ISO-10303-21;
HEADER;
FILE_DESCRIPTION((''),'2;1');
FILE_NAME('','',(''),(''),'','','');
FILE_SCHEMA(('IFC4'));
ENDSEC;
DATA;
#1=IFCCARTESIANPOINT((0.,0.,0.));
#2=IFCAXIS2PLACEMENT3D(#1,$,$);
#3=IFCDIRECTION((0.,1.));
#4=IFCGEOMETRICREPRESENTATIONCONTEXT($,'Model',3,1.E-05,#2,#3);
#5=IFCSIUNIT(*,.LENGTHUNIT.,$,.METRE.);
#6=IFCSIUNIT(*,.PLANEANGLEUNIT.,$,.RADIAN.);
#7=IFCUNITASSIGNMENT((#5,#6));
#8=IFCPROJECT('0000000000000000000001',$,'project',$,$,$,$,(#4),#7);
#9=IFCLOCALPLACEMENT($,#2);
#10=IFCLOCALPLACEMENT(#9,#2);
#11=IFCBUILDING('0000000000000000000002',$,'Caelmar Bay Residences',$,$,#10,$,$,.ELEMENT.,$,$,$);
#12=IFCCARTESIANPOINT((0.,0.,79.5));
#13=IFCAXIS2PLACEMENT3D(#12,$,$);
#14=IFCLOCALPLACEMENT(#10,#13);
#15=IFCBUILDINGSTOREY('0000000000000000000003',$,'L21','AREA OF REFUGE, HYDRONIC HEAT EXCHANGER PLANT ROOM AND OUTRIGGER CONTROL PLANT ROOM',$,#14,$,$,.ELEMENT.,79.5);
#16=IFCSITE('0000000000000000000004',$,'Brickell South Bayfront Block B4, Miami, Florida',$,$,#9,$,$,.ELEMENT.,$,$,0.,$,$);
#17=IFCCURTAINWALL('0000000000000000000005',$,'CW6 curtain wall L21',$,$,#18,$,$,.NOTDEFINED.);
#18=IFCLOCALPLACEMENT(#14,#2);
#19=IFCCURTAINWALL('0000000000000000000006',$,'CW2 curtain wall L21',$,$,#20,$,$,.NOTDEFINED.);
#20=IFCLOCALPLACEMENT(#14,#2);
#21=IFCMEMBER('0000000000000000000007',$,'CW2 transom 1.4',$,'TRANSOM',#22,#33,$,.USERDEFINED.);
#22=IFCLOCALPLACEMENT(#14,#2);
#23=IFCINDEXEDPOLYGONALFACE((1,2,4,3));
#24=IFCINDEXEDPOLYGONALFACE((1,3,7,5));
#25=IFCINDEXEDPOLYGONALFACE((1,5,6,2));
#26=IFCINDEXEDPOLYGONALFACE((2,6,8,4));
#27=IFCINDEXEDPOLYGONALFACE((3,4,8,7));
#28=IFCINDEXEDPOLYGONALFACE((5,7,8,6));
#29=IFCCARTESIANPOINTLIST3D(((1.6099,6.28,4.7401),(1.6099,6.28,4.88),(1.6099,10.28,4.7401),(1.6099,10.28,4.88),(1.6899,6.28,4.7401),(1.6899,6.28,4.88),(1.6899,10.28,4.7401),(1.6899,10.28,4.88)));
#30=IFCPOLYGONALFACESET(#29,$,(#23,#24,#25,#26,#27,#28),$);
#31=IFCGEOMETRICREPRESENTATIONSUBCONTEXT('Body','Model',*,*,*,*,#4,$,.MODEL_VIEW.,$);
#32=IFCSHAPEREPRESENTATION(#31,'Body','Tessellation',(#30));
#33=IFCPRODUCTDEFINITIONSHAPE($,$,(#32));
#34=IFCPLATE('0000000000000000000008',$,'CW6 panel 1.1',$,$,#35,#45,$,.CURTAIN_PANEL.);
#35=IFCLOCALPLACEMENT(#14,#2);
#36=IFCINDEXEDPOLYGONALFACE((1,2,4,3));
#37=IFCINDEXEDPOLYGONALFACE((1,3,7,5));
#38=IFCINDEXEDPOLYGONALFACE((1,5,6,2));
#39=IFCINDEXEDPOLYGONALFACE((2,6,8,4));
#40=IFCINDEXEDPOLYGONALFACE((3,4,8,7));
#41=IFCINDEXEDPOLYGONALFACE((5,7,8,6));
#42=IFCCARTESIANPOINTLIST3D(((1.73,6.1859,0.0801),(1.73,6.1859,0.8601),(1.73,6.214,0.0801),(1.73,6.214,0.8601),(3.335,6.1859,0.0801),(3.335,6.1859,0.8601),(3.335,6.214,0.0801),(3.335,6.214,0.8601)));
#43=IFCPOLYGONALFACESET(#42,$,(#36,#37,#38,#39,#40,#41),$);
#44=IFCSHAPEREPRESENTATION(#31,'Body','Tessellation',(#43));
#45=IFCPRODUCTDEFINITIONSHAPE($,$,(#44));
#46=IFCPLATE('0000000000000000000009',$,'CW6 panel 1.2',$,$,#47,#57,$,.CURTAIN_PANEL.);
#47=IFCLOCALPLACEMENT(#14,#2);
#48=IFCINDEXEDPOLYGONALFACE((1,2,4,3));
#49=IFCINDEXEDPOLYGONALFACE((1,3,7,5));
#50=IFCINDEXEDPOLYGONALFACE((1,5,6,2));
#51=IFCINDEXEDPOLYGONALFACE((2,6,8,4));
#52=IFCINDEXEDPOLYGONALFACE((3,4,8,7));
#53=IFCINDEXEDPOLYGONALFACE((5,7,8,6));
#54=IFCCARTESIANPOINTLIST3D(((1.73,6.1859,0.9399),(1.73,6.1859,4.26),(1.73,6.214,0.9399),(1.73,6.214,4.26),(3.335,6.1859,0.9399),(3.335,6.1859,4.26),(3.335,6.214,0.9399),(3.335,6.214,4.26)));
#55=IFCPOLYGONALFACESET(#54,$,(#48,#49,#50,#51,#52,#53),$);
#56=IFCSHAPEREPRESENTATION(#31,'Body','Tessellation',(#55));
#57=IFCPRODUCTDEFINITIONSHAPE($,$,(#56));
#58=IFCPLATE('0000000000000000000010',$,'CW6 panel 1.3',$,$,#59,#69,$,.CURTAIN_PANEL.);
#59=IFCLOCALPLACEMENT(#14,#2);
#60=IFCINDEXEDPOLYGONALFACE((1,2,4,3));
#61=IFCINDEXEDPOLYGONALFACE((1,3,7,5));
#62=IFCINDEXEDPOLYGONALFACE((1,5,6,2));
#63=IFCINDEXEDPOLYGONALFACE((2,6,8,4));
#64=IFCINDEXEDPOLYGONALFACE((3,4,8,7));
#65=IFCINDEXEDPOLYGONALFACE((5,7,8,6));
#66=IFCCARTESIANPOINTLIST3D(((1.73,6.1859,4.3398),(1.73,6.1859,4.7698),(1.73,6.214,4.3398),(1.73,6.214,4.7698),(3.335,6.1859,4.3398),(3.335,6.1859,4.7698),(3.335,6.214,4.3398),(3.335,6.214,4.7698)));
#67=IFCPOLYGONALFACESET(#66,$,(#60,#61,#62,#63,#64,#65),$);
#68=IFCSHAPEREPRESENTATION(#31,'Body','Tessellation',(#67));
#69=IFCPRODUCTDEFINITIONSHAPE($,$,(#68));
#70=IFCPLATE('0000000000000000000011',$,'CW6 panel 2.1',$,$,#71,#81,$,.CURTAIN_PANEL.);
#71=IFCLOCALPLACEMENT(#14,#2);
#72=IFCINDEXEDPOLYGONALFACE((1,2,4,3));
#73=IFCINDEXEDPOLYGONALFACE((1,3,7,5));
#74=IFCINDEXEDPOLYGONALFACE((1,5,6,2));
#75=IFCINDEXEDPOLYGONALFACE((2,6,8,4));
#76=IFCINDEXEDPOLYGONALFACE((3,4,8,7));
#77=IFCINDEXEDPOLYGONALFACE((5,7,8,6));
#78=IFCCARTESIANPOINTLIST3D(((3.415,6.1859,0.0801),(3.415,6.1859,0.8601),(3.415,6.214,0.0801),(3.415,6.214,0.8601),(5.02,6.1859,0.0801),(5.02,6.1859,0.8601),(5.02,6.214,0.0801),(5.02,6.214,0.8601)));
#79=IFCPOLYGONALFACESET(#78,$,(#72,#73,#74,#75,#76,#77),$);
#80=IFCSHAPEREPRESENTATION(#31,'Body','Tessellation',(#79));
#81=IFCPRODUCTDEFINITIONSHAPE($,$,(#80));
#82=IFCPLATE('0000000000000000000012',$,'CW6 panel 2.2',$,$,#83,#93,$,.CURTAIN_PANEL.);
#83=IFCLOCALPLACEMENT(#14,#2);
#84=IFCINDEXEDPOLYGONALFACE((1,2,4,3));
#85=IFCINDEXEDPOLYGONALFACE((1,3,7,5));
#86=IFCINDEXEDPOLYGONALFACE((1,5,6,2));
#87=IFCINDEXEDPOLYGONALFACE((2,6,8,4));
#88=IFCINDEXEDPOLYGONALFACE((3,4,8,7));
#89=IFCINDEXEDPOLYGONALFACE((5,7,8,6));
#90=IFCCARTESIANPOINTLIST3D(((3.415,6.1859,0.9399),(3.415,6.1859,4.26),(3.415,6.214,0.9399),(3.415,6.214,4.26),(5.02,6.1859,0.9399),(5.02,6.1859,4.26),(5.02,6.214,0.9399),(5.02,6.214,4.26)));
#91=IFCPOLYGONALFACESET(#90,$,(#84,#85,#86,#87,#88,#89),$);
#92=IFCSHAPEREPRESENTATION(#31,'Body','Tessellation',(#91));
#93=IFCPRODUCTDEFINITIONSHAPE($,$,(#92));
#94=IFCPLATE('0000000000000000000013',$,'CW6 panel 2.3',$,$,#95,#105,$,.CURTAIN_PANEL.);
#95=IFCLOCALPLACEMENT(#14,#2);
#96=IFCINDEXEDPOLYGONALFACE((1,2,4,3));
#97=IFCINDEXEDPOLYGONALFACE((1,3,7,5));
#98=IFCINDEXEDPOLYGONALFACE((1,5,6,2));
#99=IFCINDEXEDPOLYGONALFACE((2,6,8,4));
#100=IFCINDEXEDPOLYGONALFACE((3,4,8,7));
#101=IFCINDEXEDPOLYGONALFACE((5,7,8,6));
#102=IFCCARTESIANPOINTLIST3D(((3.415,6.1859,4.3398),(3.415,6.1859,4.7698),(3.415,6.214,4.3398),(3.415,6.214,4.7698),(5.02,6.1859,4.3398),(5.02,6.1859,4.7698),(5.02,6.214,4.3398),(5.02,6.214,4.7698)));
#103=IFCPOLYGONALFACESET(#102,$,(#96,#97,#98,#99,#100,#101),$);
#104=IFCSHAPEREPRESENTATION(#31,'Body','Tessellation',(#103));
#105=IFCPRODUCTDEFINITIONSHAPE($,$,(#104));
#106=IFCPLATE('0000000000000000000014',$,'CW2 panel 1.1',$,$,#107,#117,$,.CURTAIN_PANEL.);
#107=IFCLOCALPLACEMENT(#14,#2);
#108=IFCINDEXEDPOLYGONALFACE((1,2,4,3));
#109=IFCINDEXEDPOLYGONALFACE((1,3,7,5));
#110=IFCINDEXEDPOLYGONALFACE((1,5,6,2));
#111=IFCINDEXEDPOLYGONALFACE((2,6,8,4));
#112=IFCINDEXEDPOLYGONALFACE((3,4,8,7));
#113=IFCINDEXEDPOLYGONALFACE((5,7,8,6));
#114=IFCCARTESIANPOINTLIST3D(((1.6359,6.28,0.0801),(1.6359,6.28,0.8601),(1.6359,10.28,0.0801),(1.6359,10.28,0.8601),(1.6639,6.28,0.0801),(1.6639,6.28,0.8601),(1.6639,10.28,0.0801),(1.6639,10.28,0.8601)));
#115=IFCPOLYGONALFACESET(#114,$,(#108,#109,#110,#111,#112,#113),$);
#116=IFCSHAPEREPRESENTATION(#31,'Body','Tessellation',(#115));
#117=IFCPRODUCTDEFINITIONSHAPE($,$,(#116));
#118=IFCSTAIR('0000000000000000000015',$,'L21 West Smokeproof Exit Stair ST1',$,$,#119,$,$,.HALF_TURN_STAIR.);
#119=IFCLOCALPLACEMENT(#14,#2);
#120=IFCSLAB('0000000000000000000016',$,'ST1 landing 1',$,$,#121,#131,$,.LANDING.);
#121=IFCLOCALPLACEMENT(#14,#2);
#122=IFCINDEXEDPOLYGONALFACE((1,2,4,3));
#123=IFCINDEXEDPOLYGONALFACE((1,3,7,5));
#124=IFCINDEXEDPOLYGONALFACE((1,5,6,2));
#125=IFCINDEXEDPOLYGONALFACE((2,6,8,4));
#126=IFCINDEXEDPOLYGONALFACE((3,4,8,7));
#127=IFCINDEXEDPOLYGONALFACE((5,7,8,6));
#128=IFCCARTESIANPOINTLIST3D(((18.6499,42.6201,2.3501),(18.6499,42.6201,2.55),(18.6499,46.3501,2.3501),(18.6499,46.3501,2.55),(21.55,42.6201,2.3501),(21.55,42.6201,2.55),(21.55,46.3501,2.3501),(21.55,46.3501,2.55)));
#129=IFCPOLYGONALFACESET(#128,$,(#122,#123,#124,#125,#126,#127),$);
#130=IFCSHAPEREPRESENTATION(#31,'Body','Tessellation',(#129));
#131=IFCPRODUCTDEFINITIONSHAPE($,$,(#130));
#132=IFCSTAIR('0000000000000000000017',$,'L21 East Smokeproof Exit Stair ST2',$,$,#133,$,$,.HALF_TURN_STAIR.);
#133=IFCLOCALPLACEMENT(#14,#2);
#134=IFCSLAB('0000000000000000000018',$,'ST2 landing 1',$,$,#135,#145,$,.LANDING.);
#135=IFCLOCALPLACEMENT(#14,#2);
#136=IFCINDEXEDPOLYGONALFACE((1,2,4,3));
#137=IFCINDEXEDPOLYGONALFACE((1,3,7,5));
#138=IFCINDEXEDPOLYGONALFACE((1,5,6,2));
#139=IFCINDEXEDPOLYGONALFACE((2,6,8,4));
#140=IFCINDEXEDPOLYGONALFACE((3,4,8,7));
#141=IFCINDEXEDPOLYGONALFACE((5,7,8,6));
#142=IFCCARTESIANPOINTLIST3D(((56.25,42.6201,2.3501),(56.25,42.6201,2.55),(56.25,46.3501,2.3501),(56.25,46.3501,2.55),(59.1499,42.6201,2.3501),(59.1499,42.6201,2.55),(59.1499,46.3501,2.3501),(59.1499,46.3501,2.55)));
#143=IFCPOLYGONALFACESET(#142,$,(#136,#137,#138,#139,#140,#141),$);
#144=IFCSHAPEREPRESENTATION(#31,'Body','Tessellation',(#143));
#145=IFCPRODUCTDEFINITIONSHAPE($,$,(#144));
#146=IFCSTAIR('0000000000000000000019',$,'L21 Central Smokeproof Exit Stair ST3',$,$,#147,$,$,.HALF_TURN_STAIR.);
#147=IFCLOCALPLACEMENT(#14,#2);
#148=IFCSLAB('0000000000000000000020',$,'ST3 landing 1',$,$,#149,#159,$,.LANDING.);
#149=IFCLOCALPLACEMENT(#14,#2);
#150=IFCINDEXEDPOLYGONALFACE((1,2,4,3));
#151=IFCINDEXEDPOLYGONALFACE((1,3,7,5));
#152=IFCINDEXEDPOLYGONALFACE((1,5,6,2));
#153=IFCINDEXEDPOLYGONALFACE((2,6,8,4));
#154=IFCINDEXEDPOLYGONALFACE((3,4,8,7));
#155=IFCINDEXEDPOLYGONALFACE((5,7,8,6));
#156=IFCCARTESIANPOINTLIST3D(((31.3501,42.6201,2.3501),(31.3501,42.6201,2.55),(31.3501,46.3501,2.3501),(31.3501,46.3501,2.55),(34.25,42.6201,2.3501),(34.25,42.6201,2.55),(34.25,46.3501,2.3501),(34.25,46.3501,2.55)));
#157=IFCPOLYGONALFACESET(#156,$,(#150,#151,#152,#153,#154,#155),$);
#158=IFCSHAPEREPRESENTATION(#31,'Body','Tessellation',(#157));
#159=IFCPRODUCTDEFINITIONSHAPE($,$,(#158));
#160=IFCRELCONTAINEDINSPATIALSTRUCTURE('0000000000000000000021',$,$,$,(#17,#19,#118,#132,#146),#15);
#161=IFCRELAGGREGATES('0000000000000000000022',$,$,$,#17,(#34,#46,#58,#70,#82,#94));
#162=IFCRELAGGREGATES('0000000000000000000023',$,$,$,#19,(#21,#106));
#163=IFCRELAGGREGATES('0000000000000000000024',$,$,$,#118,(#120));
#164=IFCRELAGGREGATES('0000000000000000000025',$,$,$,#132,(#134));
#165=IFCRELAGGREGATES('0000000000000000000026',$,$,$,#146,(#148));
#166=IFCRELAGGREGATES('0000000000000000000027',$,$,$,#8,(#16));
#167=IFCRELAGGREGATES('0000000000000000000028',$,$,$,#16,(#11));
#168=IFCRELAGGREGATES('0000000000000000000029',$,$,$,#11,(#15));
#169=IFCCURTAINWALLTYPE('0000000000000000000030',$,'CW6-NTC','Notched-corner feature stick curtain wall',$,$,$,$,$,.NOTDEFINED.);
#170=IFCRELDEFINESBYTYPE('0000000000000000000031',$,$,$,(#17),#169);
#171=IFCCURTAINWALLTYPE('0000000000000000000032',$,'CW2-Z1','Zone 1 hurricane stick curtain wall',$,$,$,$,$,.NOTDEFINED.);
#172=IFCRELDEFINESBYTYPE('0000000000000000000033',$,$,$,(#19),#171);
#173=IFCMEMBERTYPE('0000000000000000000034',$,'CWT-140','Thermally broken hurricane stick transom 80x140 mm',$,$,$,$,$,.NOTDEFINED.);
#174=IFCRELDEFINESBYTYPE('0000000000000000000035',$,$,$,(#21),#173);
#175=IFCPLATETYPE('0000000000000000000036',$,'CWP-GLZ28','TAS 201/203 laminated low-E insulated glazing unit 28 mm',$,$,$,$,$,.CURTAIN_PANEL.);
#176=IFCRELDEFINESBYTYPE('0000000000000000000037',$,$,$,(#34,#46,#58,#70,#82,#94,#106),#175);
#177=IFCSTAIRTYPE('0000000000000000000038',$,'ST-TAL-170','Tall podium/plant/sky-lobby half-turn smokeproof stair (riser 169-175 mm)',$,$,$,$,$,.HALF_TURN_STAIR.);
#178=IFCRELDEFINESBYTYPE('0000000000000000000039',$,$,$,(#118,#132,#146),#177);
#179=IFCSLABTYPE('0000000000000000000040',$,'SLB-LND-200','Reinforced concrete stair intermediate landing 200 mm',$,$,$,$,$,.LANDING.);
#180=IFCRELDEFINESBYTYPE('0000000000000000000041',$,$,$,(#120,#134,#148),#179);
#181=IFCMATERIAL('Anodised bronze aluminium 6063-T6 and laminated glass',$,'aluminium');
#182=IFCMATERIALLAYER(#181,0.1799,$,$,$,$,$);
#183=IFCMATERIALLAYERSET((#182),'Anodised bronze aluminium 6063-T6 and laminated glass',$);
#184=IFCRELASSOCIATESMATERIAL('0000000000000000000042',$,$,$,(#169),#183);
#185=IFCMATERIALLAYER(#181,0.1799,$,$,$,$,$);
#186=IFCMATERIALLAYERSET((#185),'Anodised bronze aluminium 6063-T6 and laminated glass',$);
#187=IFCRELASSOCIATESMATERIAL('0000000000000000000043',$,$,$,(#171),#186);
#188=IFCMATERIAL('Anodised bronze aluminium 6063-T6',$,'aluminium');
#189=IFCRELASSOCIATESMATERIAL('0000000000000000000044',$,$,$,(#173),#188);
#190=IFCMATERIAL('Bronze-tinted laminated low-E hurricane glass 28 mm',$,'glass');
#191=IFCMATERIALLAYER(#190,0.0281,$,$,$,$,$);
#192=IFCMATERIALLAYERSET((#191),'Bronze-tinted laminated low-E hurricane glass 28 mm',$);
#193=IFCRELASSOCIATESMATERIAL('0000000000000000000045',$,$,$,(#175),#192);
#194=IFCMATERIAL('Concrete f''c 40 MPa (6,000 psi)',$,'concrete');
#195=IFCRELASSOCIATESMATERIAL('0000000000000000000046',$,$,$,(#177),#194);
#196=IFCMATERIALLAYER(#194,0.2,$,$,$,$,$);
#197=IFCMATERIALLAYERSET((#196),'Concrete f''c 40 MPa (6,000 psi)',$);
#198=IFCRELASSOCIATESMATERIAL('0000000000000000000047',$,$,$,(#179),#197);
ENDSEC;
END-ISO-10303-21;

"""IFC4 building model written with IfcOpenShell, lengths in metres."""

from ifc_helpers import new_model, si_unit, direction, frame, origin, origin_2d, place, context, subcontext, project, spatial, polyline, rectangle, outline, extrude, material, layer, layer_set, material_profile, profile_set, type_object, element, aggregate, save


model = new_model("IFC4")

# Units and contexts
model_context = context("Model", 3, precision=1e-05, world=origin(), true_north=direction((0.0, 1.0)))
body_context = subcontext(model_context, "Body", "Model", "MODEL_VIEW")
ifc_project = project(units=[si_unit("LENGTHUNIT", "METRE"), si_unit("PLANEANGLEUNIT", "RADIAN")], contexts=[model_context])

# Site, building, storey
site_placement = place(None, origin())
site = spatial("IfcSite", under=ifc_project, at=site_placement, Name="Brickell South Bayfront Block B4, Miami, Florida", CompositionType="ELEMENT", RefElevation=0.0)
building_placement = place(site_placement, origin())
building = spatial("IfcBuilding", under=site, at=building_placement, Name="Caelmar Bay Residences", CompositionType="ELEMENT")
storey_placement = place(building_placement, frame((0.0, 0.0, 79.5)))
storey = spatial("IfcBuildingStorey", under=building, at=storey_placement, Name="L21", Description="AREA OF REFUGE, HYDRONIC HEAT EXCHANGER PLANT ROOM AND OUTRIGGER CONTROL PLANT ROOM", CompositionType="ELEMENT", Elevation=79.5)

# Curtain wall
ifc_material_1 = material(Name="Anodised bronze aluminium 6063-T6 and laminated glass", Category="aluminium")
ifc_layer_1 = layer(ifc_material_1, 0.1799)
ifc_layer_set_1 = layer_set([ifc_layer_1], Name="Anodised bronze aluminium 6063-T6 and laminated glass")
curtain_wall_type_1 = type_object("IfcCurtainWallType", Name="CW6-NTC", Description="Notched-corner feature stick curtain wall", PredefinedType="NOTDEFINED", material=ifc_layer_set_1)
curtain_wall_1_placement = place(storey_placement, origin())
curtain_wall_1 = element("IfcCurtainWall", 1, at=curtain_wall_1_placement, inside=storey, type_object=curtain_wall_type_1, Name="CW6 curtain wall L21", PredefinedType="NOTDEFINED")
ifc_material_2 = material(Name="Anodised bronze aluminium 6063-T6", Category="aluminium")

# Curtain wall
ifc_layer_2 = layer(ifc_material_1, 0.1799)
ifc_layer_set_2 = layer_set([ifc_layer_2], Name="Anodised bronze aluminium 6063-T6 and laminated glass")
curtain_wall_type_2 = type_object("IfcCurtainWallType", Name="CW2-Z1", Description="Zone 1 hurricane stick curtain wall", PredefinedType="NOTDEFINED", material=ifc_layer_set_2)
curtain_wall_2_placement = place(storey_placement, origin())
curtain_wall_2 = element("IfcCurtainWall", 2, at=curtain_wall_2_placement, inside=storey, type_object=curtain_wall_type_2, Name="CW2 curtain wall L21", PredefinedType="NOTDEFINED")

# Member
ifc_material_profile_1 = material_profile(ifc_material_2, rectangle(XDim=0.0801, YDim=0.1399, at=origin_2d()), Name="CWT-80X140")
ifc_profile_set_1 = profile_set([ifc_material_profile_1], Name="Anodised bronze aluminium 6063-T6")
member_type_1 = type_object("IfcMemberType", Name="CWT-140", Description="Thermally broken hurricane stick transom 80x140 mm", PredefinedType="NOTDEFINED", material=ifc_profile_set_1)
member_1_placement = place(storey_placement, frame((1.6499, 6.28, 4.8101), z_axis=(0.0, 1.0, 0.0), x_axis=(-1.0, 0.0, 0.0)))
member_1 = element("IfcMember", 3, at=member_1_placement, type_object=member_type_1, Name="CW2 transom 1.4", ObjectType="TRANSOM", PredefinedType="USERDEFINED", context=body_context, shape_type="SweptSolid", body=[
    extrude(rectangle(XDim=0.0801, YDim=0.1399, at=origin_2d()), origin(), (0.0, 0.0, 1.0), 4.0),
])

# Plates
ifc_material_3 = material(Name="Bronze-tinted laminated low-E hurricane glass 28 mm", Category="glass")
ifc_layer_3 = layer(ifc_material_3, 0.0281)
ifc_layer_set_3 = layer_set([ifc_layer_3], Name="Bronze-tinted laminated low-E hurricane glass 28 mm")
plate_type = type_object("IfcPlateType", Name="CWP-GLZ28", Description="TAS 201/203 laminated low-E insulated glazing unit 28 mm", PredefinedType="CURTAIN_PANEL", material=ifc_layer_set_3)
plate_1_placement = place(storey_placement, frame((2.5325, 6.2, 0.0801), z_axis=(0.0, 0.0, 1.0), x_axis=(1.0, 0.0, 0.0)))
plate_1 = element("IfcPlate", 4, at=plate_1_placement, type_object=plate_type, Name="CW6 panel 1.1", PredefinedType="CURTAIN_PANEL", context=body_context, shape_type="SweptSolid", body=[
    extrude(rectangle(XDim=1.605, YDim=0.0281, at=origin_2d()), origin(), (0.0, 0.0, 1.0), 0.78),
])
plate_2_placement = place(storey_placement, frame((2.5325, 6.2, 0.9399), z_axis=(0.0, 0.0, 1.0), x_axis=(1.0, 0.0, 0.0)))
plate_2 = element("IfcPlate", 5, at=plate_2_placement, type_object=plate_type, Name="CW6 panel 1.2", PredefinedType="CURTAIN_PANEL", context=body_context, shape_type="SweptSolid", body=[
    extrude(rectangle(XDim=1.605, YDim=0.0281, at=origin_2d()), origin(), (0.0, 0.0, 1.0), 3.3201),
])
plate_3_placement = place(storey_placement, frame((2.5325, 6.2, 4.3398), z_axis=(0.0, 0.0, 1.0), x_axis=(1.0, 0.0, 0.0)))
plate_3 = element("IfcPlate", 6, at=plate_3_placement, type_object=plate_type, Name="CW6 panel 1.3", PredefinedType="CURTAIN_PANEL", context=body_context, shape_type="SweptSolid", body=[
    extrude(rectangle(XDim=1.605, YDim=0.0281, at=origin_2d()), origin(), (0.0, 0.0, 1.0), 0.4299),
])
plate_4_placement = place(storey_placement, frame((4.2175, 6.2, 0.0801), z_axis=(0.0, 0.0, 1.0), x_axis=(1.0, 0.0, 0.0)))
plate_4 = element("IfcPlate", 7, at=plate_4_placement, type_object=plate_type, Name="CW6 panel 2.1", PredefinedType="CURTAIN_PANEL", context=body_context, shape_type="SweptSolid", body=[
    extrude(rectangle(XDim=1.605, YDim=0.0281, at=origin_2d()), origin(), (0.0, 0.0, 1.0), 0.78),
])
plate_5_placement = place(storey_placement, frame((4.2175, 6.2, 0.9399), z_axis=(0.0, 0.0, 1.0), x_axis=(1.0, 0.0, 0.0)))
plate_5 = element("IfcPlate", 8, at=plate_5_placement, type_object=plate_type, Name="CW6 panel 2.2", PredefinedType="CURTAIN_PANEL", context=body_context, shape_type="SweptSolid", body=[
    extrude(rectangle(XDim=1.605, YDim=0.0281, at=origin_2d()), origin(), (0.0, 0.0, 1.0), 3.3201),
])
plate_6_placement = place(storey_placement, frame((4.2175, 6.2, 4.3398), z_axis=(0.0, 0.0, 1.0), x_axis=(1.0, 0.0, 0.0)))
plate_6 = element("IfcPlate", 9, at=plate_6_placement, type_object=plate_type, Name="CW6 panel 2.3", PredefinedType="CURTAIN_PANEL", context=body_context, shape_type="SweptSolid", body=[
    extrude(rectangle(XDim=1.605, YDim=0.0281, at=origin_2d()), origin(), (0.0, 0.0, 1.0), 0.4299),
])
aggregate(curtain_wall_1, [plate_1, plate_2, plate_3, plate_4, plate_5, plate_6])
plate_7_placement = place(storey_placement, frame((1.6499, 8.28, 0.0801), z_axis=(0.0, 0.0, 1.0), x_axis=(0.0, 1.0, 0.0)))
plate_7 = element("IfcPlate", 10, at=plate_7_placement, type_object=plate_type, Name="CW2 panel 1.1", PredefinedType="CURTAIN_PANEL", context=body_context, shape_type="SweptSolid", body=[
    extrude(rectangle(XDim=4.0, YDim=0.0281, at=origin_2d()), origin(), (0.0, 0.0, 1.0), 0.78),
])
aggregate(curtain_wall_2, [member_1, plate_7])

# Stairs, slabs
ifc_material_4 = material(Name="Concrete f'c 40 MPa (6,000 psi)", Category="concrete")
stair_type = type_object("IfcStairType", Name="ST-TAL-170", Description="Tall podium/plant/sky-lobby half-turn smokeproof stair (riser 169-175 mm)", PredefinedType="HALF_TURN_STAIR", material=ifc_material_4)
stair_1_placement = place(storey_placement, origin())
stair_1 = element("IfcStair", 11, at=stair_1_placement, inside=storey, type_object=stair_type, Name="L21 West Smokeproof Exit Stair ST1", PredefinedType="HALF_TURN_STAIR")
ifc_layer_4 = layer(ifc_material_4, 0.2)
ifc_layer_set_4 = layer_set([ifc_layer_4], Name="Concrete f'c 40 MPa (6,000 psi)")
slab_type_1 = type_object("IfcSlabType", Name="SLB-LND-200", Description="Reinforced concrete stair intermediate landing 200 mm", PredefinedType="LANDING", material=ifc_layer_set_4)
slab_1_placement = place(storey_placement, frame((0.0, 0.0, 2.3501)))
slab_1 = element("IfcSlab", 12, at=slab_1_placement, type_object=slab_type_1, Name="ST1 landing 1", PredefinedType="LANDING", context=body_context, shape_type="SweptSolid", body=[
    extrude(outline(polyline([(21.55, 42.6201), (21.55, 46.3501), (18.6499, 46.3501), (18.6499, 42.6201), (21.55, 42.6201)])), origin(), (0.0, 0.0, 1.0), 0.2),
])
aggregate(stair_1, [slab_1])
stair_2_placement = place(storey_placement, origin())
stair_2 = element("IfcStair", 13, at=stair_2_placement, inside=storey, type_object=stair_type, Name="L21 East Smokeproof Exit Stair ST2", PredefinedType="HALF_TURN_STAIR")
slab_2_placement = place(storey_placement, frame((0.0, 0.0, 2.3501)))
slab_2 = element("IfcSlab", 14, at=slab_2_placement, type_object=slab_type_1, Name="ST2 landing 1", PredefinedType="LANDING", context=body_context, shape_type="SweptSolid", body=[
    extrude(outline(polyline([(59.1499, 42.6201), (59.1499, 46.3501), (56.25, 46.3501), (56.25, 42.6201), (59.1499, 42.6201)])), origin(), (0.0, 0.0, 1.0), 0.2),
])
aggregate(stair_2, [slab_2])
stair_3_placement = place(storey_placement, origin())
stair_3 = element("IfcStair", 15, at=stair_3_placement, inside=storey, type_object=stair_type, Name="L21 Central Smokeproof Exit Stair ST3", PredefinedType="HALF_TURN_STAIR")
slab_3_placement = place(storey_placement, frame((0.0, 0.0, 2.3501)))
slab_3 = element("IfcSlab", 16, at=slab_3_placement, type_object=slab_type_1, Name="ST3 landing 1", PredefinedType="LANDING", context=body_context, shape_type="SweptSolid", body=[
    extrude(outline(polyline([(34.25, 42.6201), (34.25, 46.3501), (31.3501, 46.3501), (31.3501, 42.6201), (34.25, 42.6201)])), origin(), (0.0, 0.0, 1.0), 0.2),
])
aggregate(stair_3, [slab_3])

save(model, "model.ifc")
